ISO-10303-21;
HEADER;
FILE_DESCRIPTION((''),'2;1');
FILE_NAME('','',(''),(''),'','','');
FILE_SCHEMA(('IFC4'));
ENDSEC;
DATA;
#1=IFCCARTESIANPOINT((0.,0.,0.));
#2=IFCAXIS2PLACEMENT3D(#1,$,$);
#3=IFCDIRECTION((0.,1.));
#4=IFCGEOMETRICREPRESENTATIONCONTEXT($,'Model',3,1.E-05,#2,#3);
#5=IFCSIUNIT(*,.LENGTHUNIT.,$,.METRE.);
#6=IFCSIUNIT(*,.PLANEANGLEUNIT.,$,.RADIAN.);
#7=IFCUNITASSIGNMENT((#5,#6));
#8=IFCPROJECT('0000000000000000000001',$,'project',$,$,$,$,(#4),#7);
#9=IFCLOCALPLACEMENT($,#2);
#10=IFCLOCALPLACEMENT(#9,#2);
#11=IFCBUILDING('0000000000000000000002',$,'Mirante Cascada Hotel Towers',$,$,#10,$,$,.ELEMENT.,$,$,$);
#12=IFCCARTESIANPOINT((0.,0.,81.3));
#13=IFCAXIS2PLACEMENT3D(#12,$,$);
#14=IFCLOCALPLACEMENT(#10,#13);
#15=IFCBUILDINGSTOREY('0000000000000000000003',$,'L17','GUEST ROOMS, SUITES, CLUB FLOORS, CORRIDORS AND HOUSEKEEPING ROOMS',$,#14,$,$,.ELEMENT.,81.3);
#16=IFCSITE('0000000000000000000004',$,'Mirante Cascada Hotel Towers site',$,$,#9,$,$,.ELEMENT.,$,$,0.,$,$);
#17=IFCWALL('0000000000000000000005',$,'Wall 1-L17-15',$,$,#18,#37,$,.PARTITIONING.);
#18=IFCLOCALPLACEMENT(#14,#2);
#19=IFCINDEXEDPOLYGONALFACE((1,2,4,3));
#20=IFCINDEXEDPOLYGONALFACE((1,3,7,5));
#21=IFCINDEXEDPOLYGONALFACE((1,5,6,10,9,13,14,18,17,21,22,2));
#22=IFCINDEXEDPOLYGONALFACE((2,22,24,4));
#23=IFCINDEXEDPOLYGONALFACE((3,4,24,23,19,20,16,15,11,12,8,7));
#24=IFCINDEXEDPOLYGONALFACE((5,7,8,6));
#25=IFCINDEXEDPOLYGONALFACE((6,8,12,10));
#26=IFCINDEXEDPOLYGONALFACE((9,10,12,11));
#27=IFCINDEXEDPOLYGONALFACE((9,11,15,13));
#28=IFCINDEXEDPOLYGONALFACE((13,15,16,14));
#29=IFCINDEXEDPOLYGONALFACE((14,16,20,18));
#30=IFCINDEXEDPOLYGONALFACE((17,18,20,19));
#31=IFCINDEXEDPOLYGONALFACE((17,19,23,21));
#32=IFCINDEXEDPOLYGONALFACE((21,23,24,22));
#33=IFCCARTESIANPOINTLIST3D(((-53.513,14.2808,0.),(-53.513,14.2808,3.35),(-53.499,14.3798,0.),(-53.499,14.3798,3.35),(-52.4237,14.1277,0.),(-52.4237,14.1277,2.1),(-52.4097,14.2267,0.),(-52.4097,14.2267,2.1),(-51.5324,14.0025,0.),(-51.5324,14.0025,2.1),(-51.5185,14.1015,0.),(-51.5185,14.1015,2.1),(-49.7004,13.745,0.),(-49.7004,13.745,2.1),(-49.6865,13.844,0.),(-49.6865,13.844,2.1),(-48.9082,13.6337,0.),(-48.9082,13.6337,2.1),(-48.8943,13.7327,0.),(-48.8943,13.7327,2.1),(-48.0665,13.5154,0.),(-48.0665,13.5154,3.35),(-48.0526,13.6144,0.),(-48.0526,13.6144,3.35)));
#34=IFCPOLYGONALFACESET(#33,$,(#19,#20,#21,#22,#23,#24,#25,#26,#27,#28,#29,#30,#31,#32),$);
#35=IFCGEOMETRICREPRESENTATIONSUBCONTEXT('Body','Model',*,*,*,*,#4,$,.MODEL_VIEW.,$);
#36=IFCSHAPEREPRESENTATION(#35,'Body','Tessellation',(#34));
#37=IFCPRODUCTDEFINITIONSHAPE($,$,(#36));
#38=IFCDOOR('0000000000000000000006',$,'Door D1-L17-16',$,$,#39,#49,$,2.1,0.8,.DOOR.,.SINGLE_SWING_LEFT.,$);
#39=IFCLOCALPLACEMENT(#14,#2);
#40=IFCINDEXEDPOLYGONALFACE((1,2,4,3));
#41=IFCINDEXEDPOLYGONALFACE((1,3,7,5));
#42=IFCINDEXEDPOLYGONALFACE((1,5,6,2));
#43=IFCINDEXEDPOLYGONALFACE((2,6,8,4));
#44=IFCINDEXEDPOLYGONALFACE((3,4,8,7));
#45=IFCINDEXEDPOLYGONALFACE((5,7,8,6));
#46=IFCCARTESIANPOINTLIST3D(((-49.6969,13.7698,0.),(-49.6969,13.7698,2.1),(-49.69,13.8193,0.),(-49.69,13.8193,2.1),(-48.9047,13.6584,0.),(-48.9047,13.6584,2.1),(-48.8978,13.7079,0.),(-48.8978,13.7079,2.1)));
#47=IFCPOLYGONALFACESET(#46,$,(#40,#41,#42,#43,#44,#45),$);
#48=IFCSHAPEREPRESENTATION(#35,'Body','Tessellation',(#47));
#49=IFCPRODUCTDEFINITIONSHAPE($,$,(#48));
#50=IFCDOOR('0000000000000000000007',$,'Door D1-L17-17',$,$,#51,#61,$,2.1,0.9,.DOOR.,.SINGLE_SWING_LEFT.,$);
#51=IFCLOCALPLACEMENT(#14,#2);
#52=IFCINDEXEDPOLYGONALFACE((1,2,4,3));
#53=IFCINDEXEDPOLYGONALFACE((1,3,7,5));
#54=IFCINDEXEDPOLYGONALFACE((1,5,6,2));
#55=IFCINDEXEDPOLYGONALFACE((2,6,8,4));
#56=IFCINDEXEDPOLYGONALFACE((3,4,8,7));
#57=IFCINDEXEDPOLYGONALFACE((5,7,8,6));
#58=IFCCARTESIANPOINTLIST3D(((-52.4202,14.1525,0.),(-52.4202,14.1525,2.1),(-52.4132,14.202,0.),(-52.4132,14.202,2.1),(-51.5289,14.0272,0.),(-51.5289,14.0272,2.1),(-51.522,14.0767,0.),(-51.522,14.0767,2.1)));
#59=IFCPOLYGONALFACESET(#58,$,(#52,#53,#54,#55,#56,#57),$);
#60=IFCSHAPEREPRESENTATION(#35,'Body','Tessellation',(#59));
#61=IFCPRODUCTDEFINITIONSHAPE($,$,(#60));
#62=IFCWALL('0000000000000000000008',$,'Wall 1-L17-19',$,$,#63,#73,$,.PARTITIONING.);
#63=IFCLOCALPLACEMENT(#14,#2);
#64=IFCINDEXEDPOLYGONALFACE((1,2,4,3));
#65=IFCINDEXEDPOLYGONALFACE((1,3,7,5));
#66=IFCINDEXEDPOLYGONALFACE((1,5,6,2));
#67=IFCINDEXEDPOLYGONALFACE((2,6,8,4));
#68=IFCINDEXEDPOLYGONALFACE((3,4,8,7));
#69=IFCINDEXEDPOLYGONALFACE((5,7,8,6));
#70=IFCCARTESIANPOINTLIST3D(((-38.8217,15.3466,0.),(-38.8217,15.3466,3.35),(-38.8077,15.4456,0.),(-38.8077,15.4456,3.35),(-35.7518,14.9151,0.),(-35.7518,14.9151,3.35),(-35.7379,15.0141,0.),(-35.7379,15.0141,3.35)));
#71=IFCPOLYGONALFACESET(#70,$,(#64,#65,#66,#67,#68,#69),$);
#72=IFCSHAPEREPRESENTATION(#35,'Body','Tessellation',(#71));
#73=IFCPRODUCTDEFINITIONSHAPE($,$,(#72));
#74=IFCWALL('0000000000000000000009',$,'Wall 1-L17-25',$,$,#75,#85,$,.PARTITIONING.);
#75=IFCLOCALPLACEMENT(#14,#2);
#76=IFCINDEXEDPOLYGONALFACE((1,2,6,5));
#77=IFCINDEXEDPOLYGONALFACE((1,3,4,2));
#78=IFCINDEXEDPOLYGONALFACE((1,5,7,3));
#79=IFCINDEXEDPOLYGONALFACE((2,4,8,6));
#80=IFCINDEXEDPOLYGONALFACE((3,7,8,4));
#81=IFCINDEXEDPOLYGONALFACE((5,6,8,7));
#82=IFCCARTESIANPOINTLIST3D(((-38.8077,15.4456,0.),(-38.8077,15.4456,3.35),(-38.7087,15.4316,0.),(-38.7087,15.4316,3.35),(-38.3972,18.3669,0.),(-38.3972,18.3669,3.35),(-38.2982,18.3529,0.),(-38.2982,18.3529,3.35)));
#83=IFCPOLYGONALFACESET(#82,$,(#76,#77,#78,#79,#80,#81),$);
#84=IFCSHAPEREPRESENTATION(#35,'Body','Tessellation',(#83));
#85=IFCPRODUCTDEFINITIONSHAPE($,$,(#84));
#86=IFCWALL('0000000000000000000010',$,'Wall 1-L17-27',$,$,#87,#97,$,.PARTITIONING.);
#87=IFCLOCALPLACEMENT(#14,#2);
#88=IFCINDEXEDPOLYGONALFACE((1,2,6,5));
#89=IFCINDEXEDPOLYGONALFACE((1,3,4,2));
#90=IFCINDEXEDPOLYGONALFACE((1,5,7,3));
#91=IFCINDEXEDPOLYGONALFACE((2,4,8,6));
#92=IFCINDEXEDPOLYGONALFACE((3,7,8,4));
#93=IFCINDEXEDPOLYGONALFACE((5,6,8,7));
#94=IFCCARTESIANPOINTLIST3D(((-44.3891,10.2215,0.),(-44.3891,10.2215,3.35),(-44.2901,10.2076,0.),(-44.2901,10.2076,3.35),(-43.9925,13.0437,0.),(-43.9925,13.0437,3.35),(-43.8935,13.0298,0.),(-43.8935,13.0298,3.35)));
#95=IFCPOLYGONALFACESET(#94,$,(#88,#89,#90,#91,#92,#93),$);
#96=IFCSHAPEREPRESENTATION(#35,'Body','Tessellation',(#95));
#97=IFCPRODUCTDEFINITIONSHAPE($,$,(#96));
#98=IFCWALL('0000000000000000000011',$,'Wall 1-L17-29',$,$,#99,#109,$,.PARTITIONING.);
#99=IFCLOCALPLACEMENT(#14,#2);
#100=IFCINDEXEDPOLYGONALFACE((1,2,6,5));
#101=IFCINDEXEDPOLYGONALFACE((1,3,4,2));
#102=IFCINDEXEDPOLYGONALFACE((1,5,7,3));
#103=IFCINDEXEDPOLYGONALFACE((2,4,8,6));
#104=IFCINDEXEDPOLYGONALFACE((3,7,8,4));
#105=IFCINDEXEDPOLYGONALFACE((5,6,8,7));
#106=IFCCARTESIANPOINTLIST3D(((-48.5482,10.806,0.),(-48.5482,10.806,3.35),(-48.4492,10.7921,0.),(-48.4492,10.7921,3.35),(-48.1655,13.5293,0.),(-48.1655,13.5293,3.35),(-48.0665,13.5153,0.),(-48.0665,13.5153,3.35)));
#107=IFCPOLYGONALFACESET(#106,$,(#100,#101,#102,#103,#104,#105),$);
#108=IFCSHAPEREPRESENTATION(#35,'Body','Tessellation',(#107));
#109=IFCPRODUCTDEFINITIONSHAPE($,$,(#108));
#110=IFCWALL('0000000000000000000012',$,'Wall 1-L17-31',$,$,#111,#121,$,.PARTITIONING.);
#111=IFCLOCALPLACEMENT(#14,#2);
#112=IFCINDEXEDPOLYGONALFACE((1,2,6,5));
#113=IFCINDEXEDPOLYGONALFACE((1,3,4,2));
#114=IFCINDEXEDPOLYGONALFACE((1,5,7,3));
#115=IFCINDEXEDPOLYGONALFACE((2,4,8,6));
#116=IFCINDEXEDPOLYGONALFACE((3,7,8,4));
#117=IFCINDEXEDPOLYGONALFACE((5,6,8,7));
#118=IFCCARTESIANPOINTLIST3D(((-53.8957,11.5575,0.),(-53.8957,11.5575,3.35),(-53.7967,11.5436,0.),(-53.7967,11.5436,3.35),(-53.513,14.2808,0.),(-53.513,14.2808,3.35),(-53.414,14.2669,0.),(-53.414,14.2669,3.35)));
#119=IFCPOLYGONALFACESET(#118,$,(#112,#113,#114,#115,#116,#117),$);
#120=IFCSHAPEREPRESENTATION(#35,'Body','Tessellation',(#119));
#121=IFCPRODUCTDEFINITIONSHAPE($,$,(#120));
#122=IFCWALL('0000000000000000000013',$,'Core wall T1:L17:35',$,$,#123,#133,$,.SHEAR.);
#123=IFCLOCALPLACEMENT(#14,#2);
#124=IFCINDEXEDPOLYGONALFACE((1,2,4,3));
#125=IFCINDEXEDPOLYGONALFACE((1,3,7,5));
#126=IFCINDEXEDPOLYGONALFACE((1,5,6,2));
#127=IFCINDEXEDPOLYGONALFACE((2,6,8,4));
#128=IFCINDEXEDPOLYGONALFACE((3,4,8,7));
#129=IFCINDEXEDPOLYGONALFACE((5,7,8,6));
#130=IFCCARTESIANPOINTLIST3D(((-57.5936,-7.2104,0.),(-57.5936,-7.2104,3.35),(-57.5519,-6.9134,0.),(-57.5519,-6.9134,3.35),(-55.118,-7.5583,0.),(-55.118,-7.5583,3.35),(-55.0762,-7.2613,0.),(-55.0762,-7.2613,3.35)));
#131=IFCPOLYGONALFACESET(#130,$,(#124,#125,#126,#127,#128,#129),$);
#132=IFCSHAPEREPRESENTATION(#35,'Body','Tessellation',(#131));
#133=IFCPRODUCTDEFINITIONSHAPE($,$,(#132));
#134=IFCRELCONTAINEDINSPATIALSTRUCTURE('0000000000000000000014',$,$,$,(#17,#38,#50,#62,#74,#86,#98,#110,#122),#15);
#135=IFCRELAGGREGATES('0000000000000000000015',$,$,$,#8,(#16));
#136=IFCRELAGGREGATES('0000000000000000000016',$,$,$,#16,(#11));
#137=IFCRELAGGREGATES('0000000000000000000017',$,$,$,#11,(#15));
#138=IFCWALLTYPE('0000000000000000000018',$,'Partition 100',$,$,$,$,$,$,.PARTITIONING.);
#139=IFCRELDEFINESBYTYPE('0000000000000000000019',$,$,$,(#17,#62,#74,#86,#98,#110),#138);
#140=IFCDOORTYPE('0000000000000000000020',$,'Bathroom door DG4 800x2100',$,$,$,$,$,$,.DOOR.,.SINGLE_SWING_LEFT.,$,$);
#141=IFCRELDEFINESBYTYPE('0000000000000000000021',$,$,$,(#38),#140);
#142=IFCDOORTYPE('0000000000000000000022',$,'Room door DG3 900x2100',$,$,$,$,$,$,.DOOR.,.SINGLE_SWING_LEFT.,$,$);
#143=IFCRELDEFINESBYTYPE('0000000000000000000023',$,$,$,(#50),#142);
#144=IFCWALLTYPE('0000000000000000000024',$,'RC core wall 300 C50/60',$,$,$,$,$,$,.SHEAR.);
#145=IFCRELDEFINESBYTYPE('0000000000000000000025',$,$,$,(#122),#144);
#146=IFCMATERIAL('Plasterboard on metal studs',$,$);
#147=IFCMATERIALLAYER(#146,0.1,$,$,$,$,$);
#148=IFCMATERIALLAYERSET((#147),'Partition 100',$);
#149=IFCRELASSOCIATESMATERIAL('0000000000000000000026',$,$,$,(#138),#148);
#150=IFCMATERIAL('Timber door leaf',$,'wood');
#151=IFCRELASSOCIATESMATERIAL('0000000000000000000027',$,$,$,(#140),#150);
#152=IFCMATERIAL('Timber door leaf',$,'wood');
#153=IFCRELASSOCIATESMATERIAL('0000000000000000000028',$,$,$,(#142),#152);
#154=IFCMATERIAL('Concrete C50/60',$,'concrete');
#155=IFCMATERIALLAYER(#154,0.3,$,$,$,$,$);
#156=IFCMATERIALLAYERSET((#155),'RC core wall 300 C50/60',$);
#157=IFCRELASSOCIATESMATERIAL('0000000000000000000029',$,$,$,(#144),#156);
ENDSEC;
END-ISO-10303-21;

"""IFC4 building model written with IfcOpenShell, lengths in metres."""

from ifc_helpers import new_model, si_unit, direction, frame, frame_2d, origin, place, context, subcontext, project, spatial, rectangle, extrude, material, layer, layer_set, type_object, element, fill, save


model = new_model("IFC4")

# Units and contexts
model_context = context("Model", 3, precision=1e-05, world=origin(), true_north=direction((0.0, 1.0)))
body_context = subcontext(model_context, "Body", "Model", "MODEL_VIEW")
ifc_project = project(units=[si_unit("LENGTHUNIT", "METRE"), si_unit("PLANEANGLEUNIT", "RADIAN")], contexts=[model_context])

# Site, building, storey
site_placement = place(None, origin())
site = spatial("IfcSite", under=ifc_project, at=site_placement, Name="Mirante Cascada Hotel Towers site", CompositionType="ELEMENT", RefElevation=0.0)
building_placement = place(site_placement, origin())
building = spatial("IfcBuilding", under=site, at=building_placement, Name="Mirante Cascada Hotel Towers", CompositionType="ELEMENT")
storey_placement = place(building_placement, frame((0.0, 0.0, 81.3)))
storey = spatial("IfcBuildingStorey", under=building, at=storey_placement, Name="L17", Description="GUEST ROOMS, SUITES, CLUB FLOORS, CORRIDORS AND HOUSEKEEPING ROOMS", CompositionType="ELEMENT", Elevation=81.3)

# Shared definitions
ifc_material_1 = material(Name="Plasterboard on metal studs")
ifc_layer_1 = layer(ifc_material_1, 0.1)
ifc_layer_set_1 = layer_set([ifc_layer_1], Name="Partition 100")
wall_type_1 = type_object("IfcWallType", Name="Partition 100", PredefinedType="PARTITIONING", material=ifc_layer_set_1)
ifc_material_2 = material(Name="Timber door leaf", Category="wood")
door_type_1 = type_object("IfcDoorType", Name="Bathroom door DG4 800x2100", OperationType="SINGLE_SWING_LEFT", PredefinedType="DOOR", material=ifc_material_2)

# Wall, openings, doors
wall_1_placement = place(storey_placement, frame((-53.506, 14.3303, 0.0), z_axis=(0.0, 0.0, 1.0), x_axis=(0.99027, -0.139163, 0.0)))
wall_1 = element("IfcWall", 1, at=wall_1_placement, inside=storey, type_object=wall_type_1, Name="Wall 1-L17-15", PredefinedType="PARTITIONING", context=body_context, shape_type="SweptSolid", body=[
    extrude(rectangle(XDim=5.5, YDim=0.1, at=frame_2d((2.75, 0.0))), origin(), (0.0, 0.0, 1.0), 3.35),
])
opening_1_placement = place(wall_1_placement, frame((3.85, 0.0, 0.0)))
opening_1 = element("IfcOpeningElement", 2, at=opening_1_placement, cuts=wall_1, PredefinedType="OPENING", context=body_context, shape_type="SweptSolid", body=[
    extrude(rectangle(XDim=0.8, YDim=2.1, at=frame_2d((0.4, 1.05))), frame((0.0, 0.05, 0.0), z_axis=(0.0, -1.0, 0.0), x_axis=(1.0, 0.0, 0.0)), (0.0, 0.0, 1.0), 0.1),
])
opening_2_placement = place(wall_1_placement, frame((1.1, 0.0, 0.0)))
opening_2 = element("IfcOpeningElement", 3, at=opening_2_placement, cuts=wall_1, PredefinedType="OPENING", context=body_context, shape_type="SweptSolid", body=[
    extrude(rectangle(XDim=0.9, YDim=2.1, at=frame_2d((0.45, 1.05))), frame((0.0, 0.05, 0.0), z_axis=(0.0, -1.0, 0.0), x_axis=(1.0, 0.0, 0.0)), (0.0, 0.0, 1.0), 0.1),
])
door_1_placement = place(opening_1_placement, origin())
door_1 = element("IfcDoor", 4, at=door_1_placement, inside=storey, type_object=door_type_1, Name="Door D1-L17-16", OperationType="SINGLE_SWING_LEFT", OverallHeight=2.1, OverallWidth=0.8, PredefinedType="DOOR", context=body_context, shape_type="SweptSolid", body=[
    extrude(rectangle(XDim=0.8, YDim=2.1, at=frame_2d((0.4, 1.05))), frame((0.0, 0.025, 0.0), z_axis=(0.0, -1.0, 0.0), x_axis=(1.0, 0.0, 0.0)), (0.0, 0.0, 1.0), 0.05),
])
fill(opening_1, door_1)
ifc_material_3 = material(Name="Timber door leaf", Category="wood")
door_type_2 = type_object("IfcDoorType", Name="Room door DG3 900x2100", OperationType="SINGLE_SWING_LEFT", PredefinedType="DOOR", material=ifc_material_3)
door_2_placement = place(opening_2_placement, origin())
door_2 = element("IfcDoor", 5, at=door_2_placement, inside=storey, type_object=door_type_2, Name="Door D1-L17-17", OperationType="SINGLE_SWING_LEFT", OverallHeight=2.1, OverallWidth=0.9, PredefinedType="DOOR", context=body_context, shape_type="SweptSolid", body=[
    extrude(rectangle(XDim=0.9, YDim=2.1, at=frame_2d((0.45, 1.05))), frame((0.0, 0.025, 0.0), z_axis=(0.0, -1.0, 0.0), x_axis=(1.0, 0.0, 0.0)), (0.0, 0.0, 1.0), 0.05),
])
fill(opening_2, door_2)

# Walls
wall_2_placement = place(storey_placement, frame((-38.8147, 15.3961, 0.0), z_axis=(0.0, 0.0, 1.0), x_axis=(0.990265, -0.139194, 0.0)))
element("IfcWall", 6, at=wall_2_placement, inside=storey, type_object=wall_type_1, Name="Wall 1-L17-19", PredefinedType="PARTITIONING", context=body_context, shape_type="SweptSolid", body=[
    extrude(rectangle(XDim=3.1, YDim=0.1, at=frame_2d((1.55, 0.0))), origin(), (0.0, 0.0, 1.0), 3.35),
])
wall_3_placement = place(storey_placement, frame((-38.3477, 18.3599, 0.0), z_axis=(0.0, 0.0, 1.0), x_axis=(-0.139153, -0.990271, 0.0)))
element("IfcWall", 7, at=wall_3_placement, inside=storey, type_object=wall_type_1, Name="Wall 1-L17-25", PredefinedType="PARTITIONING", context=body_context, shape_type="SweptSolid", body=[
    extrude(rectangle(XDim=2.95, YDim=0.1, at=frame_2d((1.475, 0.0))), origin(), (0.0, 0.0, 1.0), 3.35),
])
wall_4_placement = place(storey_placement, frame((-43.943, 13.0368, 0.0), z_axis=(0.0, 0.0, 1.0), x_axis=(-0.139161, -0.99027, 0.0)))
element("IfcWall", 8, at=wall_4_placement, inside=storey, type_object=wall_type_1, Name="Wall 1-L17-27", PredefinedType="PARTITIONING", context=body_context, shape_type="SweptSolid", body=[
    extrude(rectangle(XDim=2.8499, YDim=0.1, at=frame_2d((1.425, 0.0))), origin(), (0.0, 0.0, 1.0), 3.35),
])
wall_5_placement = place(storey_placement, frame((-48.116, 13.5223, 0.0), z_axis=(0.0, 0.0, 1.0), x_axis=(-0.139166, -0.990269, 0.0)))
element("IfcWall", 9, at=wall_5_placement, inside=storey, type_object=wall_type_1, Name="Wall 1-L17-29", PredefinedType="PARTITIONING", context=body_context, shape_type="SweptSolid", body=[
    extrude(rectangle(XDim=2.75, YDim=0.1, at=frame_2d((1.375, 0.0))), origin(), (0.0, 0.0, 1.0), 3.35),
])
wall_6_placement = place(storey_placement, frame((-53.4635, 14.2739, 0.0), z_axis=(0.0, 0.0, 1.0), x_axis=(-0.139161, -0.99027, 0.0)))
element("IfcWall", 10, at=wall_6_placement, inside=storey, type_object=wall_type_1, Name="Wall 1-L17-31", PredefinedType="PARTITIONING", context=body_context, shape_type="SweptSolid", body=[
    extrude(rectangle(XDim=2.7501, YDim=0.1, at=frame_2d((1.3751, 0.0))), origin(), (0.0, 0.0, 1.0), 3.35),
])
ifc_material_4 = material(Name="Concrete C50/60", Category="concrete")
ifc_layer_2 = layer(ifc_material_4, 0.3)
ifc_layer_set_2 = layer_set([ifc_layer_2], Name="RC core wall 300 C50/60")
wall_type_2 = type_object("IfcWallType", Name="RC core wall 300 C50/60", PredefinedType="SHEAR", material=ifc_layer_set_2)
wall_7_placement = place(storey_placement, frame((-55.0971, -7.4098, 0.0), z_axis=(0.0, 0.0, 1.0), x_axis=(-0.99027, 0.139159, 0.0)))
element("IfcWall", 11, at=wall_7_placement, inside=storey, type_object=wall_type_2, Name="Core wall T1:L17:35", PredefinedType="SHEAR", context=body_context, shape_type="SweptSolid", body=[
    extrude(rectangle(XDim=2.5, YDim=0.3, at=frame_2d((1.25, 0.0))), origin(), (0.0, 0.0, 1.0), 3.35),
])

save(model, "model.ifc")
